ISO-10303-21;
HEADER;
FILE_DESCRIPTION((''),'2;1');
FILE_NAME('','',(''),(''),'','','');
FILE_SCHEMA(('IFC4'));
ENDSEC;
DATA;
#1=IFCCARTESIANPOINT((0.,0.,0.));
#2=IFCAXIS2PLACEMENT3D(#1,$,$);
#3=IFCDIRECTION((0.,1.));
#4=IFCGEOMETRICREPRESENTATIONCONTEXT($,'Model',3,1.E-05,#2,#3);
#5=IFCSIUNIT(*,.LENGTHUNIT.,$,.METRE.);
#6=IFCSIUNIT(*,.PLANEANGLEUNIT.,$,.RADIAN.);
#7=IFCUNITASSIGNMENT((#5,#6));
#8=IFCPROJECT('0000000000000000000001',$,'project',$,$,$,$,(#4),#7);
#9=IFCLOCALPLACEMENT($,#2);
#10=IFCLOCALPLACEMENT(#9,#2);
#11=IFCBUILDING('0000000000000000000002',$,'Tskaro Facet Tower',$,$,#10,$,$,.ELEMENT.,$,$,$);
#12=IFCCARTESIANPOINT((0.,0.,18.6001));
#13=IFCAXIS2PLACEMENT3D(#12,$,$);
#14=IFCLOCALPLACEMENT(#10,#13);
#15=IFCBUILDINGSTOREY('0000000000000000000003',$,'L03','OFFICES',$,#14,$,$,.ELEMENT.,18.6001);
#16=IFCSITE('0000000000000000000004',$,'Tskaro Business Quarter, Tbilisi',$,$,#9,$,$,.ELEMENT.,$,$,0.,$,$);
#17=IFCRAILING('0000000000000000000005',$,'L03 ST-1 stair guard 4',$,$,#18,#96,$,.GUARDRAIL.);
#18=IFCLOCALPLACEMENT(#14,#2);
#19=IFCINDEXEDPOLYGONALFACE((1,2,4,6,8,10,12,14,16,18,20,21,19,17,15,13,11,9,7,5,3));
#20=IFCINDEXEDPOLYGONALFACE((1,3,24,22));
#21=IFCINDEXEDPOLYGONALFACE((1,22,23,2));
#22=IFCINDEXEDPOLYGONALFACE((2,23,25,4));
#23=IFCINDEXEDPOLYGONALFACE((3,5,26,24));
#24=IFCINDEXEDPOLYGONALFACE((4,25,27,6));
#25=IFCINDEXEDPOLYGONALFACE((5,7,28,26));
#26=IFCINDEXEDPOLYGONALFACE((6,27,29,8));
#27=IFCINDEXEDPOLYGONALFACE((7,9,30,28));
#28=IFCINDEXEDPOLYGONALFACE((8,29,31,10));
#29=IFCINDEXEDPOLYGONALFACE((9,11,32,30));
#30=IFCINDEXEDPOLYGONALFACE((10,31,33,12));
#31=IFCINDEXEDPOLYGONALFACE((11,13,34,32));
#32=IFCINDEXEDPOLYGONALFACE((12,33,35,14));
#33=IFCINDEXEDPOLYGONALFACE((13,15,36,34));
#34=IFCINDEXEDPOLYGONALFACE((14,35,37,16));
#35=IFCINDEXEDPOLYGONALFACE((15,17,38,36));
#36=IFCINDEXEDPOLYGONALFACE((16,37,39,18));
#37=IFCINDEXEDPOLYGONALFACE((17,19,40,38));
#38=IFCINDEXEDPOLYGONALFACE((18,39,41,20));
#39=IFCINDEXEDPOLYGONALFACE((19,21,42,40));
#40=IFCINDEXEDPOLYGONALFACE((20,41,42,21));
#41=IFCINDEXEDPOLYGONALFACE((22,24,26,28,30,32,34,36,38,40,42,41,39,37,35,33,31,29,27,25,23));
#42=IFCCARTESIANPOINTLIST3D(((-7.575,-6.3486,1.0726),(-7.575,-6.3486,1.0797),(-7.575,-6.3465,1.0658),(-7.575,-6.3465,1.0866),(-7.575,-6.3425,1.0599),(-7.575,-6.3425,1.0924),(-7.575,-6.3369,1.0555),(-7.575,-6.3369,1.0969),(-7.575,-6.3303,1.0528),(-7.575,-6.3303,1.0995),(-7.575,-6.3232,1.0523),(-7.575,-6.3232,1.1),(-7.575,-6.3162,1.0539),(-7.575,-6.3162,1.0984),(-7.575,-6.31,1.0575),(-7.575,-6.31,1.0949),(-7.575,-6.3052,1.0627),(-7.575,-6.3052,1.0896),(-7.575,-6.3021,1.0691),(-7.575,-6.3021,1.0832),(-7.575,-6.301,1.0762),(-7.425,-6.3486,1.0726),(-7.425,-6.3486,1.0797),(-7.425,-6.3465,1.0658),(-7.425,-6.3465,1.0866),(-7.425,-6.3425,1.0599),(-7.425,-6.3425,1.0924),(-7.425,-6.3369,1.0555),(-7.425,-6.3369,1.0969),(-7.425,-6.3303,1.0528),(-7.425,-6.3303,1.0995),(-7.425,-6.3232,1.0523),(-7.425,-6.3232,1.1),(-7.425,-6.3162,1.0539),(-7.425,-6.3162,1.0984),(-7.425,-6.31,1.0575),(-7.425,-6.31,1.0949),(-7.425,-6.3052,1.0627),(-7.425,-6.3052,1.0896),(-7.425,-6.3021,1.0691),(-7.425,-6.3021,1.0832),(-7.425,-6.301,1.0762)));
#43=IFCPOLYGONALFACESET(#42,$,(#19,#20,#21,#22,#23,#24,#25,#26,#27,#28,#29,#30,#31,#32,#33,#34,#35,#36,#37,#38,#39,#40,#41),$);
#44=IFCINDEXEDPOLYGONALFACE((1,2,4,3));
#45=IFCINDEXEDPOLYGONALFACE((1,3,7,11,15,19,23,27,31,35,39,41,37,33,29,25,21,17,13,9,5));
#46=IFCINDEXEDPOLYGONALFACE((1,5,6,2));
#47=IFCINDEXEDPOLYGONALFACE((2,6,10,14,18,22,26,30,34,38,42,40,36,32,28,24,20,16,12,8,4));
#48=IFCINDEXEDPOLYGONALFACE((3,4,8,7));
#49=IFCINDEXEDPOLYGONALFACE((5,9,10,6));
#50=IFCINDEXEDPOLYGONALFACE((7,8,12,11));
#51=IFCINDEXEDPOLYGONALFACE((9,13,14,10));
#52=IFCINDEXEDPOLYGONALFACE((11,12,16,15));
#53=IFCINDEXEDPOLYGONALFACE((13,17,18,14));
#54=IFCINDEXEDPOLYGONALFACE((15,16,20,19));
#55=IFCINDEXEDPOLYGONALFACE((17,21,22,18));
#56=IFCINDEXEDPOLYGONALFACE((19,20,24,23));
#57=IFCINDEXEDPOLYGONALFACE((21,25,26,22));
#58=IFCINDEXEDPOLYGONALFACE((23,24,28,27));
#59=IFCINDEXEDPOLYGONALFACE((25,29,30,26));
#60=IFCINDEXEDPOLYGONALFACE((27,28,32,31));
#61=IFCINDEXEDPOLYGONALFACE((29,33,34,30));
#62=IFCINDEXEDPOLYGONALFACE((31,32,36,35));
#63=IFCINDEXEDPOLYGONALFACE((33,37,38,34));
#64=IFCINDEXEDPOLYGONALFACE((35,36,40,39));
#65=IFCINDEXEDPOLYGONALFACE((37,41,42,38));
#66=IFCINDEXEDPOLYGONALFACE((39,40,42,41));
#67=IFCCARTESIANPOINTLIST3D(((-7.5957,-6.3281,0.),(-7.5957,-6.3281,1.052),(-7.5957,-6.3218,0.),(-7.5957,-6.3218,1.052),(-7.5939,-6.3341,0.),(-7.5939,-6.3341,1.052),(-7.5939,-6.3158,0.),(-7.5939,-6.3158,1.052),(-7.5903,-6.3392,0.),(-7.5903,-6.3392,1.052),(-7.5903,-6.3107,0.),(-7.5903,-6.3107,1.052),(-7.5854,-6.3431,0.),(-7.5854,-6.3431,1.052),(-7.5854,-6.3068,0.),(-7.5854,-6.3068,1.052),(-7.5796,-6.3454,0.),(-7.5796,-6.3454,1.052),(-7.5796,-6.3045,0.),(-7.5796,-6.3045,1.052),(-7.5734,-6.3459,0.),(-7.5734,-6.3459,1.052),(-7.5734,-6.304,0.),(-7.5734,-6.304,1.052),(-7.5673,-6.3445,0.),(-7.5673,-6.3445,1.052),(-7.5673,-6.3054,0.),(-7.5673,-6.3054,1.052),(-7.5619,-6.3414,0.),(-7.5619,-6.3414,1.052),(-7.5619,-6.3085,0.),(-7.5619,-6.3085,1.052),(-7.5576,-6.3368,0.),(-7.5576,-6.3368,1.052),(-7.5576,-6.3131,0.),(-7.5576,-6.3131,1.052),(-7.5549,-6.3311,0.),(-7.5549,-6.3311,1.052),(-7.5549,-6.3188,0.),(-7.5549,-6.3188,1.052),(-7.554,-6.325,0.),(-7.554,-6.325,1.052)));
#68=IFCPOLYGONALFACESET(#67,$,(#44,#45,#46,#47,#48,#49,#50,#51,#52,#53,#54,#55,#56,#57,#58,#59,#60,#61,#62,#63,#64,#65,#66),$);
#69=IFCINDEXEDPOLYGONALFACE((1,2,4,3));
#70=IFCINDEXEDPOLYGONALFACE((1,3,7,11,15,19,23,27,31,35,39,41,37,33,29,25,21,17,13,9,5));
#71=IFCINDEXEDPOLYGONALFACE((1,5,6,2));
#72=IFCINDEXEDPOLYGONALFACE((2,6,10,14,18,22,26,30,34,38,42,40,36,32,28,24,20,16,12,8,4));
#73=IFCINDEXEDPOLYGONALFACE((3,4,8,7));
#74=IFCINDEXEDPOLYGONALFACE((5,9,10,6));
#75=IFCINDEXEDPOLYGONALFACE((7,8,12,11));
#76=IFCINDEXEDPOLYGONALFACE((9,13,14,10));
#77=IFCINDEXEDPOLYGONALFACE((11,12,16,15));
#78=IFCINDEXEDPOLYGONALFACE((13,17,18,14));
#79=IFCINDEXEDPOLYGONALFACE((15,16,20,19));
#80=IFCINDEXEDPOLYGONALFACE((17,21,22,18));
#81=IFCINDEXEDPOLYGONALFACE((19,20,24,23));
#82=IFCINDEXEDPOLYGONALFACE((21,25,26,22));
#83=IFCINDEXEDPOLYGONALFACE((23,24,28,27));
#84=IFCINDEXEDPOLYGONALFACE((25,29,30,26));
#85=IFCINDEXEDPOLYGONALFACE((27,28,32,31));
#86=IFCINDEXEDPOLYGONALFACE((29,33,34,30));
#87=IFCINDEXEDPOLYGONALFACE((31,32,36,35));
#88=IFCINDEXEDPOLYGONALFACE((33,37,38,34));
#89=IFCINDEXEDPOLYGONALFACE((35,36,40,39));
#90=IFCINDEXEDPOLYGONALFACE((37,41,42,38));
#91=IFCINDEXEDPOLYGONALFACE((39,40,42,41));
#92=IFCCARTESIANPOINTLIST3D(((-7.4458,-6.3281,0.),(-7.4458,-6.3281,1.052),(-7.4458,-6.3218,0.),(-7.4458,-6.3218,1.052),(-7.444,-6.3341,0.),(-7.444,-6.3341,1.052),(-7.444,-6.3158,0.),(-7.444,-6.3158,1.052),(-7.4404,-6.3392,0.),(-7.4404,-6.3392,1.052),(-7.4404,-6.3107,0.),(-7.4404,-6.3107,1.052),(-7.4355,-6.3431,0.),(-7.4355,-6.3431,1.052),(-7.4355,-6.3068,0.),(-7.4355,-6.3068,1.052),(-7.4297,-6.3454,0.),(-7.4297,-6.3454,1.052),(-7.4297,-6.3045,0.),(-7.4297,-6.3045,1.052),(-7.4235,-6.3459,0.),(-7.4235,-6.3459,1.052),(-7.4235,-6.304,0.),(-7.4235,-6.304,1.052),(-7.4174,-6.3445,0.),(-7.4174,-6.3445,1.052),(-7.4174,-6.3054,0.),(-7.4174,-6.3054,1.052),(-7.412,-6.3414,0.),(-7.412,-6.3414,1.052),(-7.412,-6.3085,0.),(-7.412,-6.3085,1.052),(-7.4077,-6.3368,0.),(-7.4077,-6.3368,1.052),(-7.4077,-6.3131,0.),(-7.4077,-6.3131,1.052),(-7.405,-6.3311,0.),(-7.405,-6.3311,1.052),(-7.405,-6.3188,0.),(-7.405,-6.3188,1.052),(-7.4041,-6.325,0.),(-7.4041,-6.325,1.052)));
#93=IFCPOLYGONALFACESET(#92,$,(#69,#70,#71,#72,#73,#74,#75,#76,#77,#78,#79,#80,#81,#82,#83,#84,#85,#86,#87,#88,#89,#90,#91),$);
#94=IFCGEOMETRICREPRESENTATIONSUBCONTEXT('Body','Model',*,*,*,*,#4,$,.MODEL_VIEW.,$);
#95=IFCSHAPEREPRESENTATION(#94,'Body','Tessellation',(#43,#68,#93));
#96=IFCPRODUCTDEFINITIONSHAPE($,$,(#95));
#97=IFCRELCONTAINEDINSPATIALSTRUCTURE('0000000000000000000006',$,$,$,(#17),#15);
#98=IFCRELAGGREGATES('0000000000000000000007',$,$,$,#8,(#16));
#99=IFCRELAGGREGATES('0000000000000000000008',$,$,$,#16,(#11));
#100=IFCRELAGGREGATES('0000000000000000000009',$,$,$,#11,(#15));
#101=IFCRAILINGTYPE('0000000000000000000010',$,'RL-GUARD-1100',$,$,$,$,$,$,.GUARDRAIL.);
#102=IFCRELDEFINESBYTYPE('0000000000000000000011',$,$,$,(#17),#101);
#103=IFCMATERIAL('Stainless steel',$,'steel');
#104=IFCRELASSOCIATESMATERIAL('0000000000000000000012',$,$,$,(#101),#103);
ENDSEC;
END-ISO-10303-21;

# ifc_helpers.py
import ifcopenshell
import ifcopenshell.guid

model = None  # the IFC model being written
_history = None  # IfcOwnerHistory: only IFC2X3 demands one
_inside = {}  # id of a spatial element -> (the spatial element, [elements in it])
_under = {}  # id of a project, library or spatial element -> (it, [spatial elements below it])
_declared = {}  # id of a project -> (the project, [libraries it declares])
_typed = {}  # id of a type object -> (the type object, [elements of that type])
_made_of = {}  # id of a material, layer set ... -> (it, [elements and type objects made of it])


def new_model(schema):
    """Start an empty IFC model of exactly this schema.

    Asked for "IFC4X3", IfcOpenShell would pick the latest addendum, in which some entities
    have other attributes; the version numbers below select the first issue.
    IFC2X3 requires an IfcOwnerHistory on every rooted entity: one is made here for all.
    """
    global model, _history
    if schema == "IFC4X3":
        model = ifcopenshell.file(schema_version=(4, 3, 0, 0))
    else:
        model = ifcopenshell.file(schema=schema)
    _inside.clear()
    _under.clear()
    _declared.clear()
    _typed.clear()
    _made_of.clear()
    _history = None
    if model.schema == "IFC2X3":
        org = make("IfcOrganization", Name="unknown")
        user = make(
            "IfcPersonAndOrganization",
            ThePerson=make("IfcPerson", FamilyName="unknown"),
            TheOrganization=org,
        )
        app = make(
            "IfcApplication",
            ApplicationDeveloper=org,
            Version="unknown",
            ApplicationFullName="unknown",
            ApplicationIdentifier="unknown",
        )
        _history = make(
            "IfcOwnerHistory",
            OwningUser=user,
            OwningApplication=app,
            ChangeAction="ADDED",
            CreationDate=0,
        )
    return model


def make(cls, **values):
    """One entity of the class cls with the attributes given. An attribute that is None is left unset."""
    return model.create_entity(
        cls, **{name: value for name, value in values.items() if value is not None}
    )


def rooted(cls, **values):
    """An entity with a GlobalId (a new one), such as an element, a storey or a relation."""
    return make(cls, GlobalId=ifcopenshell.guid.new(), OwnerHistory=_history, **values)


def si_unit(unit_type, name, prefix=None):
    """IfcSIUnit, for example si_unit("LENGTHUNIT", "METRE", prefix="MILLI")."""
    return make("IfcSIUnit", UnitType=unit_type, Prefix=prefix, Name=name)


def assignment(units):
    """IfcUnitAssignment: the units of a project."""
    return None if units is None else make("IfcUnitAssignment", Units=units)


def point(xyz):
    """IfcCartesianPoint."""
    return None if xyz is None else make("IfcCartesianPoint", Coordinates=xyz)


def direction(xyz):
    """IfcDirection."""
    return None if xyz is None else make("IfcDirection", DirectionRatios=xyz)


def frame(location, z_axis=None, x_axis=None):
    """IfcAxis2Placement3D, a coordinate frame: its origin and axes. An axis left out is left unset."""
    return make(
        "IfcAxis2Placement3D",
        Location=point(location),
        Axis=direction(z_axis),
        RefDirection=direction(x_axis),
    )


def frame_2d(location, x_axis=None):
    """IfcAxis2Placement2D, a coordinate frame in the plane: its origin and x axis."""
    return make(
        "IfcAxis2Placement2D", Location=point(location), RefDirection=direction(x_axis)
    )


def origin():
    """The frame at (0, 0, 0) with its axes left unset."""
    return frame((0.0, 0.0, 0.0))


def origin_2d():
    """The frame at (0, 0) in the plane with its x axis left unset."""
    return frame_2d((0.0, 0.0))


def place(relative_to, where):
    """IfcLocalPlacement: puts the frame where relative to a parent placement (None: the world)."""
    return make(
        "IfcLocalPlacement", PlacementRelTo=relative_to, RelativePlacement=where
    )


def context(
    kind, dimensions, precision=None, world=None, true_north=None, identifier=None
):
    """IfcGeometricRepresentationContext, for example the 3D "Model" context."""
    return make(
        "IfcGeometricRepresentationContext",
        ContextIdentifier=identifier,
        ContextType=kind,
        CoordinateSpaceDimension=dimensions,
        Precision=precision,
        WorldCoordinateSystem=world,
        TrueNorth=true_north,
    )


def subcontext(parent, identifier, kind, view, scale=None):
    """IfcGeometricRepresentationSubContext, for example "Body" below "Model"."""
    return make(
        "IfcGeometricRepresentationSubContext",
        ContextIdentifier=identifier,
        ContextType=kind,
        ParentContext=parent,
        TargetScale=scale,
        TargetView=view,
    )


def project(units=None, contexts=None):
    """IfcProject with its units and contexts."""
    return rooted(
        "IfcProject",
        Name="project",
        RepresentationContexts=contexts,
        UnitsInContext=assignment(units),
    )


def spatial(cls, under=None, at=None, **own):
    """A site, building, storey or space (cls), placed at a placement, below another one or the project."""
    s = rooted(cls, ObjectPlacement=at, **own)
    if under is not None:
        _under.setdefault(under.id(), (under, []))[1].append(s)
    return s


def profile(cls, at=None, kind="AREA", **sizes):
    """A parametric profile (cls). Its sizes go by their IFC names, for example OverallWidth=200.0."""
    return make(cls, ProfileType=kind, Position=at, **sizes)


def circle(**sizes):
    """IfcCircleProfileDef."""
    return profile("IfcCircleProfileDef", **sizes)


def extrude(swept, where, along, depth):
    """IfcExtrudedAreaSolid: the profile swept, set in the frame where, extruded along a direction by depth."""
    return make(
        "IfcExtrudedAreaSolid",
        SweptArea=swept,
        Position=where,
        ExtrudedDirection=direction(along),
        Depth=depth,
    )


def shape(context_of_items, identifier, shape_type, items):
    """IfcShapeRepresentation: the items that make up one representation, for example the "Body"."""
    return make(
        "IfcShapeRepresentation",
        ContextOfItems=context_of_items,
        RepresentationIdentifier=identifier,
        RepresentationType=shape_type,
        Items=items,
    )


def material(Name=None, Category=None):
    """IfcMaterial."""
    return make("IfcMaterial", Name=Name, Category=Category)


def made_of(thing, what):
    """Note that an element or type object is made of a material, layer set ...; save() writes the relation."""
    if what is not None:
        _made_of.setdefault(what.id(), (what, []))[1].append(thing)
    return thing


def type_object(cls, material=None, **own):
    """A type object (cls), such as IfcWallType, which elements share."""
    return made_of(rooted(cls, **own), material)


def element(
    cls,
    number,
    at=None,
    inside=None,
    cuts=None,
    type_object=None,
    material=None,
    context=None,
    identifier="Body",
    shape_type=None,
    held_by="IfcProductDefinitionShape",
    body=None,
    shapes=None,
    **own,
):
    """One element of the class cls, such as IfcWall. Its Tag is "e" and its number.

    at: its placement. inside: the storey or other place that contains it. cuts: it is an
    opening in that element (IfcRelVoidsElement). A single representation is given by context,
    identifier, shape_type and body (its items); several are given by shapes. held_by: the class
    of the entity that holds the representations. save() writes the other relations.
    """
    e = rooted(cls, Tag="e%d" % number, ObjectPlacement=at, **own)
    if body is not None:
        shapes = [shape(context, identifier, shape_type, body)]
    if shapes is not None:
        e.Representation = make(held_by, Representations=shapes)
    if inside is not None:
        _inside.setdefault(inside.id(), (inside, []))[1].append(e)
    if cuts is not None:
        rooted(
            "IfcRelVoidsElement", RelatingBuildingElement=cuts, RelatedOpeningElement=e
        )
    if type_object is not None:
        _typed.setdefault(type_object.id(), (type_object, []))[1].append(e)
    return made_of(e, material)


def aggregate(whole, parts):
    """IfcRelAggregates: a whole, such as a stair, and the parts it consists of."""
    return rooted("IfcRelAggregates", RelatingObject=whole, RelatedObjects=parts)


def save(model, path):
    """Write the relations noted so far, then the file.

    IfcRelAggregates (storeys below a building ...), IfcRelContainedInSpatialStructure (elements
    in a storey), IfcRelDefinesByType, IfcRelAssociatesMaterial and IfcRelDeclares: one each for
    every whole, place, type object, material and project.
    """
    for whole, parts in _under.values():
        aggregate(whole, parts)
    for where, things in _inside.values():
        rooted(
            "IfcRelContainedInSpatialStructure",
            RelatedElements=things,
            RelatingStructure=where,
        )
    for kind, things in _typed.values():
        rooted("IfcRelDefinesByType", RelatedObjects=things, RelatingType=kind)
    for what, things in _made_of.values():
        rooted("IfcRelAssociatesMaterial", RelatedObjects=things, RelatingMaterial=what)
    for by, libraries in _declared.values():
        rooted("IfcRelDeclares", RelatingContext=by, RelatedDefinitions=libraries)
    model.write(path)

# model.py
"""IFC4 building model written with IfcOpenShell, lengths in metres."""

from ifc_helpers import new_model, si_unit, direction, frame, origin, origin_2d, place, context, subcontext, project, spatial, circle, extrude, material, type_object, element, save


model = new_model("IFC4")

# Units and contexts
model_context = context("Model", 3, precision=1e-05, world=origin(), true_north=direction((0.0, 1.0)))
body_context = subcontext(model_context, "Body", "Model", "MODEL_VIEW")
ifc_project = project(units=[si_unit("LENGTHUNIT", "METRE"), si_unit("PLANEANGLEUNIT", "RADIAN")], contexts=[model_context])

# Site, building, storey
site_placement = place(None, origin())
site = spatial("IfcSite", under=ifc_project, at=site_placement, Name="Tskaro Business Quarter, Tbilisi", CompositionType="ELEMENT", RefElevation=0.0)
building_placement = place(site_placement, origin())
building = spatial("IfcBuilding", under=site, at=building_placement, Name="Tskaro Facet Tower", CompositionType="ELEMENT")
storey_placement = place(building_placement, frame((0.0, 0.0, 18.6001)))
storey = spatial("IfcBuildingStorey", under=building, at=storey_placement, Name="L03", Description="OFFICES", CompositionType="ELEMENT", Elevation=18.6001)

# Shared definitions
ifc_material_1 = material(Name="Stainless steel", Category="steel")

# Railing
railing_type_1 = type_object("IfcRailingType", Name="RL-GUARD-1100", PredefinedType="GUARDRAIL", material=ifc_material_1)
railing_1_placement = place(storey_placement, frame((-7.575, -6.325, 0.0)))
element("IfcRailing", 1, at=railing_1_placement, inside=storey, type_object=railing_type_1, Name="L03 ST-1 stair guard 4", PredefinedType="GUARDRAIL", context=body_context, shape_type="SweptSolid", body=[
    extrude(circle(Radius=0.0239, at=origin_2d()), frame((0.0, 0.0, 1.0762), z_axis=(1.0, 0.0, 0.0), x_axis=(0.0, 1.0, 0.0)), (0.0, 0.0, 1.0), 0.1499),
    extrude(circle(Radius=0.021, at=origin_2d()), origin(), (0.0, 0.0, 1.0), 1.052),
    extrude(circle(Radius=0.021, at=origin_2d()), frame((0.1499, 0.0, 0.0)), (0.0, 0.0, 1.0), 1.052),
])

save(model, "model.ifc")
